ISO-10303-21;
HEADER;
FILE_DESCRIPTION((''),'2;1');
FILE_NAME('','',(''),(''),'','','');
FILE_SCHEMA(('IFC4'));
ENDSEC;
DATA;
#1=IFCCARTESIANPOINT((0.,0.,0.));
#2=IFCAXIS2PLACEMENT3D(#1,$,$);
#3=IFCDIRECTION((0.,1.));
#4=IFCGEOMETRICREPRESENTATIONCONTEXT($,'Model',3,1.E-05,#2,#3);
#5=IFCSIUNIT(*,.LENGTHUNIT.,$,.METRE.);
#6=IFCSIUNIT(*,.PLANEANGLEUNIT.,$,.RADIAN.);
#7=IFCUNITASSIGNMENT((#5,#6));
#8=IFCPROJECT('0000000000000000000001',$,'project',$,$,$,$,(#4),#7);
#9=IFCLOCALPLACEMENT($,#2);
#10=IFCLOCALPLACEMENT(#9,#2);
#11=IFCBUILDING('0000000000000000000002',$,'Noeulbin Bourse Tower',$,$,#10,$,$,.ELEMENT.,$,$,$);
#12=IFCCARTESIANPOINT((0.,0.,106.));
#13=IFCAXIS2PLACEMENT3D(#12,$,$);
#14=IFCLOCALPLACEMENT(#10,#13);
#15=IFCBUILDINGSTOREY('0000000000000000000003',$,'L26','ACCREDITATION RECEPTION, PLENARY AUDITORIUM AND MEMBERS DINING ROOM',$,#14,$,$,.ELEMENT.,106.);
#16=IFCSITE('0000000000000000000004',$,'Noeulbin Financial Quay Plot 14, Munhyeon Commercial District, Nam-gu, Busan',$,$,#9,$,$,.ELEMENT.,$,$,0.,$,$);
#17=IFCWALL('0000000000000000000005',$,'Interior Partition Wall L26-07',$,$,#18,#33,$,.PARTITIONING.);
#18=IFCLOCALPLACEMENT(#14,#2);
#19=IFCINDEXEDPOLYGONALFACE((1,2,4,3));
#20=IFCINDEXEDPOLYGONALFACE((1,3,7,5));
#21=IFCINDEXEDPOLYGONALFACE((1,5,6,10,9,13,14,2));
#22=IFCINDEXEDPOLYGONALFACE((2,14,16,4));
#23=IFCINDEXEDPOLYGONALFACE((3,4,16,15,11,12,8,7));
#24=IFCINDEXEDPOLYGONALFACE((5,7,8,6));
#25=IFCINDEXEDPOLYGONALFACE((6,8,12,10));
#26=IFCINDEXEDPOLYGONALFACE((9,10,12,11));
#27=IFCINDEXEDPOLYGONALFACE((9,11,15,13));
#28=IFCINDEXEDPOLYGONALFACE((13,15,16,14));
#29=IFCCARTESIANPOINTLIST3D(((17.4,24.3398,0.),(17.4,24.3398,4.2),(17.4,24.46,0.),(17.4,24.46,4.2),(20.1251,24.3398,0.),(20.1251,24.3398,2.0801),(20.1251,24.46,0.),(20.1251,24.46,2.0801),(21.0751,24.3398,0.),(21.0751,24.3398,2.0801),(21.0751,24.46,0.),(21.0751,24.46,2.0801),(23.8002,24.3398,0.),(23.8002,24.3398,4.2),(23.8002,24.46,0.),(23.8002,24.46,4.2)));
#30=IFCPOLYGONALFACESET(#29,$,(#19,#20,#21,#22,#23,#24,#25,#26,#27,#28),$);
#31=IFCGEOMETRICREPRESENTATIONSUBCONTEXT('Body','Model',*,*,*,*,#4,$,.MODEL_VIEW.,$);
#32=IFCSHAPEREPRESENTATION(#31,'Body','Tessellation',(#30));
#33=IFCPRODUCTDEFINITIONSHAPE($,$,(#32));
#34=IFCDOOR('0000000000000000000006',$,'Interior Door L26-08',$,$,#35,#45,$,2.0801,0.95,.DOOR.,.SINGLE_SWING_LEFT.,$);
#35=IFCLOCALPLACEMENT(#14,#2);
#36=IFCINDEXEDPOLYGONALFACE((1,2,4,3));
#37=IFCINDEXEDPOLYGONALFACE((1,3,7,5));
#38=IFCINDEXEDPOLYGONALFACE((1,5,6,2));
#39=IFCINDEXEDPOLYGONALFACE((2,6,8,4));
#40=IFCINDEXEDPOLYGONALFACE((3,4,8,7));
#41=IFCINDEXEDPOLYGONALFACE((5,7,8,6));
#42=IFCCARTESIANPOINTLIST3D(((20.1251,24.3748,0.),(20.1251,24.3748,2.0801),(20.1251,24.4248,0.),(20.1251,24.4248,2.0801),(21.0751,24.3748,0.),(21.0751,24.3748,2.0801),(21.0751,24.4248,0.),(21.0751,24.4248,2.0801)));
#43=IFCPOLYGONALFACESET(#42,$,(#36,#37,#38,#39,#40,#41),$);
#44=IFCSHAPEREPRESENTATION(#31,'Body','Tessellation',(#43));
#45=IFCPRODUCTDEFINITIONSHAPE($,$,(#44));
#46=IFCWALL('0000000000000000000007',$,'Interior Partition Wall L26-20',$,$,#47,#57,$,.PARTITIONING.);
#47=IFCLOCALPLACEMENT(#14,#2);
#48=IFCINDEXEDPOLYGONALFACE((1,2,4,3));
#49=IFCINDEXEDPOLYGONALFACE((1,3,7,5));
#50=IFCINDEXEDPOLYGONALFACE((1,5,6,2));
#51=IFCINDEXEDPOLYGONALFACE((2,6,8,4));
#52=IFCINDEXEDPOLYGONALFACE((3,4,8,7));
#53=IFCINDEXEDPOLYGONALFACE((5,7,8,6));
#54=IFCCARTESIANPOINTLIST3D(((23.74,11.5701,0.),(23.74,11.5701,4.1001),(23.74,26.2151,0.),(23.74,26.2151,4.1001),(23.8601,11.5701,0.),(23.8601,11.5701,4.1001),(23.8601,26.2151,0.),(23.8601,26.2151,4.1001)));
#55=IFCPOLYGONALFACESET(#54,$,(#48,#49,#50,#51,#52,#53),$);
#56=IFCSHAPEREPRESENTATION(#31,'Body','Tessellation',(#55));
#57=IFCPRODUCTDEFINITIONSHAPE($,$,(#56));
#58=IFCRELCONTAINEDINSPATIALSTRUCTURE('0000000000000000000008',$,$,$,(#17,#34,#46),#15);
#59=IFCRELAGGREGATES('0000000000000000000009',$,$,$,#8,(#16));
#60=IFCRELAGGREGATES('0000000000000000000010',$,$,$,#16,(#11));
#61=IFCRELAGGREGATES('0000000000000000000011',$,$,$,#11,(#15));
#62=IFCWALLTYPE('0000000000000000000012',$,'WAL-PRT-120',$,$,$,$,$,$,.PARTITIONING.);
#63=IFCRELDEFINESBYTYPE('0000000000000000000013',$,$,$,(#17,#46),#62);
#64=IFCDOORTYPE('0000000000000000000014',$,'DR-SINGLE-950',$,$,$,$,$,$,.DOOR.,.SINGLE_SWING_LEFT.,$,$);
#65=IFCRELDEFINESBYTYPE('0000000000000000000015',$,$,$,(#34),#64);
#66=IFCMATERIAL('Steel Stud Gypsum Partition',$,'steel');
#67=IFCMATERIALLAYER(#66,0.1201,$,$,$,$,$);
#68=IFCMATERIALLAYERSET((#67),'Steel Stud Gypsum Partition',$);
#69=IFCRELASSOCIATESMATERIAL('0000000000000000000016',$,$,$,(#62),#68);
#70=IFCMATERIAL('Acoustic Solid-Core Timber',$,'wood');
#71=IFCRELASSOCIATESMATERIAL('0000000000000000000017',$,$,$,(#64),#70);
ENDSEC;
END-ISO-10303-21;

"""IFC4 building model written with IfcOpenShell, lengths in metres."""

from ifc_helpers import new_model, si_unit, direction, frame, frame_2d, origin, place, context, subcontext, project, spatial, rectangle, extrude, material, layer, layer_set, type_object, element, fill, save


model = new_model("IFC4")

# Units and contexts
model_context = context("Model", 3, precision=1e-05, world=origin(), true_north=direction((0.0, 1.0)))
body_context = subcontext(model_context, "Body", "Model", "MODEL_VIEW")
ifc_project = project(units=[si_unit("LENGTHUNIT", "METRE"), si_unit("PLANEANGLEUNIT", "RADIAN")], contexts=[model_context])

# Site, building, storey
site_placement = place(None, origin())
site = spatial("IfcSite", under=ifc_project, at=site_placement, Name="Noeulbin Financial Quay Plot 14, Munhyeon Commercial District, Nam-gu, Busan", CompositionType="ELEMENT", RefElevation=0.0)
building_placement = place(site_placement, origin())
building = spatial("IfcBuilding", under=site, at=building_placement, Name="Noeulbin Bourse Tower", CompositionType="ELEMENT")
storey_placement = place(building_placement, frame((0.0, 0.0, 106.0)))
storey = spatial("IfcBuildingStorey", under=building, at=storey_placement, Name="L26", Description="ACCREDITATION RECEPTION, PLENARY AUDITORIUM AND MEMBERS DINING ROOM", CompositionType="ELEMENT", Elevation=106.0)

# Wall, opening, door
ifc_material_1 = material(Name="Steel Stud Gypsum Partition", Category="steel")
ifc_layer_1 = layer(ifc_material_1, 0.1201)
ifc_layer_set_1 = layer_set([ifc_layer_1], Name="Steel Stud Gypsum Partition")
wall_type = type_object("IfcWallType", Name="WAL-PRT-120", PredefinedType="PARTITIONING", material=ifc_layer_set_1)
wall_1_placement = place(storey_placement, frame((17.3999, 24.3999, 0.0), z_axis=(0.0, 0.0, 1.0), x_axis=(1.0, 0.0, 0.0)))
wall_1 = element("IfcWall", 1, at=wall_1_placement, inside=storey, type_object=wall_type, Name="Interior Partition Wall L26-07", PredefinedType="PARTITIONING", context=body_context, shape_type="SweptSolid", body=[
    extrude(rectangle(XDim=6.4001, YDim=0.1201, at=frame_2d((3.2002, 0.0))), origin(), (0.0, 0.0, 1.0), 4.2),
])
opening_placement = place(wall_1_placement, frame((2.7251, 0.0, 0.0)))
opening = element("IfcOpeningElement", 2, at=opening_placement, cuts=wall_1, PredefinedType="OPENING", context=body_context, shape_type="SweptSolid", body=[
    extrude(rectangle(XDim=0.95, YDim=2.0801, at=frame_2d((0.4751, 1.04))), frame((0.0, 0.0701, 0.0), z_axis=(0.0, -1.0, 0.0), x_axis=(1.0, 0.0, 0.0)), (0.0, 0.0, 1.0), 0.1401),
])
ifc_material_2 = material(Name="Acoustic Solid-Core Timber", Category="wood")
door_type = type_object("IfcDoorType", Name="DR-SINGLE-950", OperationType="SINGLE_SWING_LEFT", PredefinedType="DOOR", material=ifc_material_2)
door_placement = place(opening_placement, origin())
door = element("IfcDoor", 3, at=door_placement, inside=storey, type_object=door_type, Name="Interior Door L26-08", OperationType="SINGLE_SWING_LEFT", OverallHeight=2.0801, OverallWidth=0.95, PredefinedType="DOOR", context=body_context, shape_type="SweptSolid", body=[
    extrude(rectangle(XDim=0.95, YDim=2.0801, at=frame_2d((0.4751, 1.04))), frame((0.0, 0.0249, 0.0), z_axis=(0.0, -1.0, 0.0), x_axis=(1.0, 0.0, 0.0)), (0.0, 0.0, 1.0), 0.05),
])
fill(opening, door)

# Wall
wall_2_placement = place(storey_placement, frame((23.8, 11.5701, 0.0), z_axis=(0.0, 0.0, 1.0), x_axis=(0.0, 1.0, 0.0)))
element("IfcWall", 4, at=wall_2_placement, inside=storey, type_object=wall_type, Name="Interior Partition Wall L26-20", PredefinedType="PARTITIONING", context=body_context, shape_type="SweptSolid", body=[
    extrude(rectangle(XDim=14.645, YDim=0.1201, at=frame_2d((7.3225, 0.0))), origin(), (0.0, 0.0, 1.0), 4.1001),
])

save(model, "model.ifc")
